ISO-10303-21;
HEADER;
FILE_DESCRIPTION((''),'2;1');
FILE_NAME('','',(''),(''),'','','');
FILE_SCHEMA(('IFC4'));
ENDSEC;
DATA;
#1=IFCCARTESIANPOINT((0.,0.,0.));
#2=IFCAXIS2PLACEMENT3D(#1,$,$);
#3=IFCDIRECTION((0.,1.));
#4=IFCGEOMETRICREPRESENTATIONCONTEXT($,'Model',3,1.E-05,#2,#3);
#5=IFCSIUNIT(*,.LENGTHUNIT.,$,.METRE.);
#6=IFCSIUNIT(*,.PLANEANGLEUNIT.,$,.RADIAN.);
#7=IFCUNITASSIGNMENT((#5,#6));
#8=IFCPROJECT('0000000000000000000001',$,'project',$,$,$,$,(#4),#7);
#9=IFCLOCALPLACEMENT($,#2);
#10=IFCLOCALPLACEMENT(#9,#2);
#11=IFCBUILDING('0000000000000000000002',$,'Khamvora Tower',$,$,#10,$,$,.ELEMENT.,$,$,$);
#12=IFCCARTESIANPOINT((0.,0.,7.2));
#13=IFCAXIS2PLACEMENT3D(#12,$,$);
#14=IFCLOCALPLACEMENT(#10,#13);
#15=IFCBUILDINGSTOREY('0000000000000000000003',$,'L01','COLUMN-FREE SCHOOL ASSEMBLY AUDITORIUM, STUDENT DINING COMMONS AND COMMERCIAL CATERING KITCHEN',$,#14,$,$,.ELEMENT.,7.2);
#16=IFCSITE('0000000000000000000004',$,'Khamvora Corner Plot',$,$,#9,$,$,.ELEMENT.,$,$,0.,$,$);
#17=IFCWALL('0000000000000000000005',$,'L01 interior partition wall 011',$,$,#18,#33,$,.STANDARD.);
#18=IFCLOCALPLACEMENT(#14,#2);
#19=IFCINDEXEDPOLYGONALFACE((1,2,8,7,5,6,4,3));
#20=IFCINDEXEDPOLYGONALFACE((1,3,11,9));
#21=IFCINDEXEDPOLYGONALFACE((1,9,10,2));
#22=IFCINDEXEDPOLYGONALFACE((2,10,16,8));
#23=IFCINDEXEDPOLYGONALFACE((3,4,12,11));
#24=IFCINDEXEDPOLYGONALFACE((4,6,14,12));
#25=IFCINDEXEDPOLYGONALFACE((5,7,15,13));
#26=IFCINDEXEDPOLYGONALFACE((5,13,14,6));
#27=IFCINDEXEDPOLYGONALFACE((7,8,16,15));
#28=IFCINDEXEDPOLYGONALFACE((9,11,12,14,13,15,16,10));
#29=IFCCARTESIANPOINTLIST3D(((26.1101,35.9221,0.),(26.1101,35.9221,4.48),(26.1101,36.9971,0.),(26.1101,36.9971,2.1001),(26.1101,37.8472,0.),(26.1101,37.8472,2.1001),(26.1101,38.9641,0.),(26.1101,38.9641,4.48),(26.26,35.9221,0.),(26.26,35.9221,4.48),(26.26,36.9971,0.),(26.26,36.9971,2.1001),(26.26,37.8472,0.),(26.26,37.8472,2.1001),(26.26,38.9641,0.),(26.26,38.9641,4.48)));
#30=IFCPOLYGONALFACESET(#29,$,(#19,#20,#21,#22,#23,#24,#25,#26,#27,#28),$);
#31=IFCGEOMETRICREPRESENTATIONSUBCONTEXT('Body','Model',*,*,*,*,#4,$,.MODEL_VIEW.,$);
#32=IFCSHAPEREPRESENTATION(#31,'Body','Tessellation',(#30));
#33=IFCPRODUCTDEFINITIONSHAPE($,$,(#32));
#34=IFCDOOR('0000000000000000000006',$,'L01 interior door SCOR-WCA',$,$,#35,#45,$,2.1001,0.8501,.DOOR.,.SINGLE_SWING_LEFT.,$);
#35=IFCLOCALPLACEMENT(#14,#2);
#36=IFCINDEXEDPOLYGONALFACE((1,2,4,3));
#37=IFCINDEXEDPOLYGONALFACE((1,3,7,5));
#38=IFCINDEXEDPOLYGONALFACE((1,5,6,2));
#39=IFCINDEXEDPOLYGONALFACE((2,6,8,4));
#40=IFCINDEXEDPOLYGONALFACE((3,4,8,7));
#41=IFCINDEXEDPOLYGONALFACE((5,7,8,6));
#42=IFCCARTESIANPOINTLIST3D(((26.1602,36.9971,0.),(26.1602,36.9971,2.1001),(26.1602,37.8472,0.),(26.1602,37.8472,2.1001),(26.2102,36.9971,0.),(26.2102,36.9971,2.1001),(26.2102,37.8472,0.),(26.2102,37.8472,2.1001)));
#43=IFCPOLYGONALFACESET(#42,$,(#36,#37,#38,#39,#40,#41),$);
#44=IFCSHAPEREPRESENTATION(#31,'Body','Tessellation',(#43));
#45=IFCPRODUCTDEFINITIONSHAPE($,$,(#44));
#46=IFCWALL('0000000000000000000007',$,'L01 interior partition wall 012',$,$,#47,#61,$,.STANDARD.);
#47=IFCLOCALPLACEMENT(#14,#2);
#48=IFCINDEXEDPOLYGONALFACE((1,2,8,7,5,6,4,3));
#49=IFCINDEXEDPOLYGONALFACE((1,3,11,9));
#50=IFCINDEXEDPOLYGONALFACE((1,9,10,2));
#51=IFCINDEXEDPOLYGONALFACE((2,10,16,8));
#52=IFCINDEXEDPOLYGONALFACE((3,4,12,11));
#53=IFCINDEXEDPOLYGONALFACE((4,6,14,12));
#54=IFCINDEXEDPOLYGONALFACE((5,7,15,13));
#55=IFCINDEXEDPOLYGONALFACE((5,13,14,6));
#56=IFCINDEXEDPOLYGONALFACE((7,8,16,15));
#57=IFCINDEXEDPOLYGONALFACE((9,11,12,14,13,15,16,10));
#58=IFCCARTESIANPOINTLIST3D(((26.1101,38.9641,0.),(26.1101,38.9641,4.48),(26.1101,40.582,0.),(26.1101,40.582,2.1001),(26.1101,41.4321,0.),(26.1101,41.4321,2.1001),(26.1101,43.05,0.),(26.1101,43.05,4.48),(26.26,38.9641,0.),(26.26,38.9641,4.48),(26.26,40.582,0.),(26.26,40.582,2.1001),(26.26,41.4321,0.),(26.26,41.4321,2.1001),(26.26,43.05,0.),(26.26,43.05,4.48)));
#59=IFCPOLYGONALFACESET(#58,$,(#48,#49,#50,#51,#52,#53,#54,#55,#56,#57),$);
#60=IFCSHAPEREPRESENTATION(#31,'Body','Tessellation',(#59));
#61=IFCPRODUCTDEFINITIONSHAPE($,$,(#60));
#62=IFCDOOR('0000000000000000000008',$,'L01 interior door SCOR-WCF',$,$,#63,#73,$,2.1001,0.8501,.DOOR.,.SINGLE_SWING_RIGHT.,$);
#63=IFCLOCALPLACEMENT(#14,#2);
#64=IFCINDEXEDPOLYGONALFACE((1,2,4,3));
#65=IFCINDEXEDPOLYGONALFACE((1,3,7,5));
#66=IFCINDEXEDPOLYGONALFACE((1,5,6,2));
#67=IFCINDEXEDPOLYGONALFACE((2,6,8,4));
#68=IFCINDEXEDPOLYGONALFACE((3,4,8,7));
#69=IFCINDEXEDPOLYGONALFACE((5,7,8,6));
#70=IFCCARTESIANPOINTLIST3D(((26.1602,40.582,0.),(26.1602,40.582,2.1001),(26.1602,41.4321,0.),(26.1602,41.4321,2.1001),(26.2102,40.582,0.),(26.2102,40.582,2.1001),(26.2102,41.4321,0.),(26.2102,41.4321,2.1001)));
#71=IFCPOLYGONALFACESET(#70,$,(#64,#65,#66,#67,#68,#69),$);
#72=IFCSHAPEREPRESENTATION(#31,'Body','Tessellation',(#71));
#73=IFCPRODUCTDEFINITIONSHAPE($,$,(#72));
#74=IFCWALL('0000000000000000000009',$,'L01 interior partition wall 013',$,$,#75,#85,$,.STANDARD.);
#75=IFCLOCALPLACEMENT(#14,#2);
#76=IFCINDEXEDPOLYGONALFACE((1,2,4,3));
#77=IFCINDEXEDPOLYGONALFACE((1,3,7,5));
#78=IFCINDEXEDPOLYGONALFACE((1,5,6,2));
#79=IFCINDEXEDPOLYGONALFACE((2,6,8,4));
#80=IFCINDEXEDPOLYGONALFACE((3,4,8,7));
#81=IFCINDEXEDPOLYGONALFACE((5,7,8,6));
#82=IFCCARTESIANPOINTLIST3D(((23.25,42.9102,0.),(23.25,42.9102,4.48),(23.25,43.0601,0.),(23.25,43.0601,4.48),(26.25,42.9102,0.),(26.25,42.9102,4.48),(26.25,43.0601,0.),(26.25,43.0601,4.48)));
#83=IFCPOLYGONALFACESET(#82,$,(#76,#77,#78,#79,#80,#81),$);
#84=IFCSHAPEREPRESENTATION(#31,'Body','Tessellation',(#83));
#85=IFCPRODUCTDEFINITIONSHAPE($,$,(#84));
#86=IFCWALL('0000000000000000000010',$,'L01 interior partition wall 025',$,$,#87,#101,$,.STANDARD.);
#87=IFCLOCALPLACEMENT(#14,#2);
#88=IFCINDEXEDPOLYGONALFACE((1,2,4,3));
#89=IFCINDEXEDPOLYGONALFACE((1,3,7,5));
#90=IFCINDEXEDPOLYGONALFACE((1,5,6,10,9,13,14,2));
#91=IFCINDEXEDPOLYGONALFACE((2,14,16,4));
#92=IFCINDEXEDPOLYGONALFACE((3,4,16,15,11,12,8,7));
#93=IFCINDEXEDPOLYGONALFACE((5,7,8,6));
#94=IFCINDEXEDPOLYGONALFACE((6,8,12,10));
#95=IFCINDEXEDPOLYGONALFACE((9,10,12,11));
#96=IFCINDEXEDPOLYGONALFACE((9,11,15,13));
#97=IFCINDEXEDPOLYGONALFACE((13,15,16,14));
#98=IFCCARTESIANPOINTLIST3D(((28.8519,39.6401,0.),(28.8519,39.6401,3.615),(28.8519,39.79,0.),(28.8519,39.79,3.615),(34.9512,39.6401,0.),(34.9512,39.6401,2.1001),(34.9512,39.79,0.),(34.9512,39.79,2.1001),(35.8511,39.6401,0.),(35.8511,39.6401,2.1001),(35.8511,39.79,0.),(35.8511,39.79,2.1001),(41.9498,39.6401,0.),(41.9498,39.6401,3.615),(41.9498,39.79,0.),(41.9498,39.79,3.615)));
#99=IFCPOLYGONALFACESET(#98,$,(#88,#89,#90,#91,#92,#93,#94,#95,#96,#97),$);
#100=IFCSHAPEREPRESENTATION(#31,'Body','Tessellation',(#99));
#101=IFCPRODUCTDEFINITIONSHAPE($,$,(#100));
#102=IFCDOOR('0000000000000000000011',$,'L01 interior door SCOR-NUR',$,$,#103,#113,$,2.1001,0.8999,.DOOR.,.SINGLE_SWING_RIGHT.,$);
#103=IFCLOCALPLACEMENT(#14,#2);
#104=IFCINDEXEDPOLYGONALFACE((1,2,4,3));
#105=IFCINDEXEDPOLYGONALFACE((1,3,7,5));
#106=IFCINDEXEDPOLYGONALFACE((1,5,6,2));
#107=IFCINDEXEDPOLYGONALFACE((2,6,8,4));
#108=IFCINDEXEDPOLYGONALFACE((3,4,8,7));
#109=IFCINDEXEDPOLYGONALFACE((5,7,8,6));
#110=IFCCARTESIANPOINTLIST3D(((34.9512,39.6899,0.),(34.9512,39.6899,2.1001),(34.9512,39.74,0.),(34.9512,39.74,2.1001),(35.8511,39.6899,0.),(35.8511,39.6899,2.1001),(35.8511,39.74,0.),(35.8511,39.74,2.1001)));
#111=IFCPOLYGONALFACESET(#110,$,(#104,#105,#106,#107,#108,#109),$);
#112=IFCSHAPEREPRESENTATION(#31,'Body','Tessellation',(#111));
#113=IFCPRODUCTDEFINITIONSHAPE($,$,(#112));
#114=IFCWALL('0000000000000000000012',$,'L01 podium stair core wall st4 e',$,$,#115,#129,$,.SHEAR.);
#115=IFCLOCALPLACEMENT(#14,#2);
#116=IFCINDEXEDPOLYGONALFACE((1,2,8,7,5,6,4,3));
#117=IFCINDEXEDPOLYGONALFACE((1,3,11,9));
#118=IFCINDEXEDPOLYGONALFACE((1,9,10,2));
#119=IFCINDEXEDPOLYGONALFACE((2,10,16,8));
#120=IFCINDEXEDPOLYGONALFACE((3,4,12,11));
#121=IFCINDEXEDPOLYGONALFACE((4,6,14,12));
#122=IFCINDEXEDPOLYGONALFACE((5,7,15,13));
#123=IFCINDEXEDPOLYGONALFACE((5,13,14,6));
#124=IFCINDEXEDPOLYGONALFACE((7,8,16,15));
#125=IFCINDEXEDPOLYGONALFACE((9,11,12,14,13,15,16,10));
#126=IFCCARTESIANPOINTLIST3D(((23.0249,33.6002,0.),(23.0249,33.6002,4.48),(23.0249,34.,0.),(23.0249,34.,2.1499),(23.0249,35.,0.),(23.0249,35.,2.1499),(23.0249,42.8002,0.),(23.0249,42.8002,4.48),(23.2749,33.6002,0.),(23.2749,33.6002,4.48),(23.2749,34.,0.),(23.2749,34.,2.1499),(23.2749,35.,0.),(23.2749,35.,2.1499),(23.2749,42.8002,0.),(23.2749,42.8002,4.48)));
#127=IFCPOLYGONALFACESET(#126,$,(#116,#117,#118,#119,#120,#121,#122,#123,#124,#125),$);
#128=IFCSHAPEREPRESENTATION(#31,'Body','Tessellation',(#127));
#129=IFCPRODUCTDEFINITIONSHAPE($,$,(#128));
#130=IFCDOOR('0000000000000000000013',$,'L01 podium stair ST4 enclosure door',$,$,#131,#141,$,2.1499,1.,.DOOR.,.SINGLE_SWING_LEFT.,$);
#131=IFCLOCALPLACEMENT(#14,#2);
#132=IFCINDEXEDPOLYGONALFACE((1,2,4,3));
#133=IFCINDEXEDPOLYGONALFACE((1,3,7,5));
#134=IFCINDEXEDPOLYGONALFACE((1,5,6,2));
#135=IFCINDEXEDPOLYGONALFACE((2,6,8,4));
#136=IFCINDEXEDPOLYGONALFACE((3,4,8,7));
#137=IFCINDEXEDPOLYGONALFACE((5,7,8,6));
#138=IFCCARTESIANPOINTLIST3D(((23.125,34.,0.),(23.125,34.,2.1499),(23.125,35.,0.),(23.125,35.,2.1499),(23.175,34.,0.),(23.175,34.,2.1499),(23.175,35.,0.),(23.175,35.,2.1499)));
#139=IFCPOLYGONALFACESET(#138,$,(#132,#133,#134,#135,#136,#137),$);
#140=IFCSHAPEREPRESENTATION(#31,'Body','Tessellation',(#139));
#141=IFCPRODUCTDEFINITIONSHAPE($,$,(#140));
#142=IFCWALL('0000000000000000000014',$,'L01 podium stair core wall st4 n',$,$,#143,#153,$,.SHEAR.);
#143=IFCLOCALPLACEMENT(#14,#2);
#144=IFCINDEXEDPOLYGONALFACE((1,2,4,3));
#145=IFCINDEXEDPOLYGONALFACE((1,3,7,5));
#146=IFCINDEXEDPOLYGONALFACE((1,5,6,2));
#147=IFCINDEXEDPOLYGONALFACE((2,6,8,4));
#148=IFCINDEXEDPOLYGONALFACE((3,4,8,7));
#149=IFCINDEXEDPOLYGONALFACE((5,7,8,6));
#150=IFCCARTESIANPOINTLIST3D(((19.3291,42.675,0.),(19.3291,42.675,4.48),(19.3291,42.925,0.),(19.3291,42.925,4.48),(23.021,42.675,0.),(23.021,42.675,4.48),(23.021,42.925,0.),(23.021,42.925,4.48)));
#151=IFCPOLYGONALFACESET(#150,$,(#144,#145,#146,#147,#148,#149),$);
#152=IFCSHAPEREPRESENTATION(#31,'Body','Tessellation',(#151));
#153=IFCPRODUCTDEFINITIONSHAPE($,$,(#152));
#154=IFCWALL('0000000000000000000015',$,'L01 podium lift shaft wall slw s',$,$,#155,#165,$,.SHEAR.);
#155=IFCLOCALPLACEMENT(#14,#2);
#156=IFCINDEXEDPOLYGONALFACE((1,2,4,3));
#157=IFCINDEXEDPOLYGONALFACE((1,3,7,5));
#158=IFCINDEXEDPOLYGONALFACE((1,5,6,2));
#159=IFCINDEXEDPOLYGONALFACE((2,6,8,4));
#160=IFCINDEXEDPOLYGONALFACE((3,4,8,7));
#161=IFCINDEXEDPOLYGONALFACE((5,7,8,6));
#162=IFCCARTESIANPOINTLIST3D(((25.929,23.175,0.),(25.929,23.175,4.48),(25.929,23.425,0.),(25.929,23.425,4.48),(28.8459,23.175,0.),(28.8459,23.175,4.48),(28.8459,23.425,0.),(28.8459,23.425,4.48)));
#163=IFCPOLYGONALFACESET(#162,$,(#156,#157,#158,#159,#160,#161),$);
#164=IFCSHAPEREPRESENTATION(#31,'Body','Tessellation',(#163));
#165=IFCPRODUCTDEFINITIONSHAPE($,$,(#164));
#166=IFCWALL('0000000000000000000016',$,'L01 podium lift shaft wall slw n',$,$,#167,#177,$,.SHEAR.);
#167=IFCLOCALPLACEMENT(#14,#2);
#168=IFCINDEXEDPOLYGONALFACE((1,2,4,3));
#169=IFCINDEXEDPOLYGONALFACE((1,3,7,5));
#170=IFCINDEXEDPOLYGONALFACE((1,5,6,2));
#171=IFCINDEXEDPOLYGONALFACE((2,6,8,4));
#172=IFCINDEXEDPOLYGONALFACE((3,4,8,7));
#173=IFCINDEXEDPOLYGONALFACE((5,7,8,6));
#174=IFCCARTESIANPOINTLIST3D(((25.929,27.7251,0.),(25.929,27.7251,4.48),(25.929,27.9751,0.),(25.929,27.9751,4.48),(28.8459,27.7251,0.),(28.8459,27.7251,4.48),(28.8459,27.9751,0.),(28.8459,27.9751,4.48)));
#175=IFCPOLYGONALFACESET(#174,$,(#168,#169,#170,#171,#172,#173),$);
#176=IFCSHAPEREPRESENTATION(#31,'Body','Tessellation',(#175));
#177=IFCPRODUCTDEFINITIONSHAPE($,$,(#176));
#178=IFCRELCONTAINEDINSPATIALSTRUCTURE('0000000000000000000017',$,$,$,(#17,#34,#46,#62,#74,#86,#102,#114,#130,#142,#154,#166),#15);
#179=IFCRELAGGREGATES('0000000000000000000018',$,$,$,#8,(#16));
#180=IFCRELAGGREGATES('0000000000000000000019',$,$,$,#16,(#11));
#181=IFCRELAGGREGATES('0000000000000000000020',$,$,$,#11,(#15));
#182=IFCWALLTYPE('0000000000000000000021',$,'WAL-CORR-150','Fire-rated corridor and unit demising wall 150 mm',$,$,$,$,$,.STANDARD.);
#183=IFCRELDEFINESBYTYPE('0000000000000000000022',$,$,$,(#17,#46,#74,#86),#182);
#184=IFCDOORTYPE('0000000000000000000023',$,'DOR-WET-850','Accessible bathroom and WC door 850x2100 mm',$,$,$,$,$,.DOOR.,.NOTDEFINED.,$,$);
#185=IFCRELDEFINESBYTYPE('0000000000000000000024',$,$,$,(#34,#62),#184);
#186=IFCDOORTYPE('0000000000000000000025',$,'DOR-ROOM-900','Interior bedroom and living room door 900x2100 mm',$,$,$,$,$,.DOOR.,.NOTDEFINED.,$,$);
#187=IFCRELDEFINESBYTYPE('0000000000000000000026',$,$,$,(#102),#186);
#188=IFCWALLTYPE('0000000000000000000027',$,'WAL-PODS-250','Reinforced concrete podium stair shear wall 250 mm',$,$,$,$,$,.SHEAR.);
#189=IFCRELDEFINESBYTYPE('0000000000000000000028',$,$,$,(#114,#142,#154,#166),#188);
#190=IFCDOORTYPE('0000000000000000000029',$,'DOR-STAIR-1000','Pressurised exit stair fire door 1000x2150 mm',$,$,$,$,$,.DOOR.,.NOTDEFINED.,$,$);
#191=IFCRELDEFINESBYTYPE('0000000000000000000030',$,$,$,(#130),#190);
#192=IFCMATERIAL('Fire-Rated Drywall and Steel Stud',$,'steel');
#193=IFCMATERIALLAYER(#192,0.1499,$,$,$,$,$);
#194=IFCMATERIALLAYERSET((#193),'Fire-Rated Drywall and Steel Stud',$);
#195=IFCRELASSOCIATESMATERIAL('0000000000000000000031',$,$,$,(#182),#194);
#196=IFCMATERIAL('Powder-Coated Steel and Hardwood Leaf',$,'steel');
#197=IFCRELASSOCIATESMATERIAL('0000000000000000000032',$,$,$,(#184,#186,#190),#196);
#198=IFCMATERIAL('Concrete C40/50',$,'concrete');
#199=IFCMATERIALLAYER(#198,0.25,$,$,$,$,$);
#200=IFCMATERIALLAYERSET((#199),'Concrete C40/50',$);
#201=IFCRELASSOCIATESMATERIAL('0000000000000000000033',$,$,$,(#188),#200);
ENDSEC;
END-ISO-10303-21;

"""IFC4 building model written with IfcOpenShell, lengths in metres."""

from ifc_helpers import new_model, si_unit, direction, frame, frame_2d, origin, place, context, subcontext, project, spatial, rectangle, extrude, material, layer, layer_set, type_object, element, fill, save


model = new_model("IFC4")

# Units and contexts
model_context = context("Model", 3, precision=1e-05, world=origin(), true_north=direction((0.0, 1.0)))
body_context = subcontext(model_context, "Body", "Model", "MODEL_VIEW")
ifc_project = project(units=[si_unit("LENGTHUNIT", "METRE"), si_unit("PLANEANGLEUNIT", "RADIAN")], contexts=[model_context])

# Site, building, storey
site_placement = place(None, origin())
site = spatial("IfcSite", under=ifc_project, at=site_placement, Name="Khamvora Corner Plot", CompositionType="ELEMENT", RefElevation=0.0)
building_placement = place(site_placement, origin())
building = spatial("IfcBuilding", under=site, at=building_placement, Name="Khamvora Tower", CompositionType="ELEMENT")
storey_placement = place(building_placement, frame((0.0, 0.0, 7.2)))
storey = spatial("IfcBuildingStorey", under=building, at=storey_placement, Name="L01", Description="COLUMN-FREE SCHOOL ASSEMBLY AUDITORIUM, STUDENT DINING COMMONS AND COMMERCIAL CATERING KITCHEN", CompositionType="ELEMENT", Elevation=7.2)

# Shared definitions
ifc_material_1 = material(Name="Fire-Rated Drywall and Steel Stud", Category="steel")
ifc_layer_1 = layer(ifc_material_1, 0.1499)
ifc_layer_set_1 = layer_set([ifc_layer_1], Name="Fire-Rated Drywall and Steel Stud")
wall_type_1 = type_object("IfcWallType", Name="WAL-CORR-150", Description="Fire-rated corridor and unit demising wall 150 mm", PredefinedType="STANDARD", material=ifc_layer_set_1)

# Walls, openings, doors
wall_1_placement = place(storey_placement, frame((26.1851, 35.9221, 0.0), z_axis=(0.0, 0.0, 1.0), x_axis=(0.0, 1.0, 0.0)))
wall_1 = element("IfcWall", 1, at=wall_1_placement, inside=storey, type_object=wall_type_1, Name="L01 interior partition wall 011", PredefinedType="STANDARD", context=body_context, shape_type="SweptSolid", body=[
    extrude(rectangle(XDim=3.042, YDim=0.1499, at=frame_2d((1.521, 0.0))), origin(), (0.0, 0.0, 1.0), 4.48),
])
opening_1_placement = place(wall_1_placement, frame((1.075, 0.0, 0.0)))
opening_1 = element("IfcOpeningElement", 2, at=opening_1_placement, cuts=wall_1, PredefinedType="OPENING", context=body_context, shape_type="SweptSolid", body=[
    extrude(rectangle(XDim=0.8501, YDim=2.1001, at=frame_2d((0.425, 1.05))), frame((0.0, 0.085, 0.0), z_axis=(0.0, -1.0, 0.0), x_axis=(1.0, 0.0, 0.0)), (0.0, 0.0, 1.0), 0.1699),
])
ifc_material_2 = material(Name="Powder-Coated Steel and Hardwood Leaf", Category="steel")
door_type_1 = type_object("IfcDoorType", Name="DOR-WET-850", Description="Accessible bathroom and WC door 850x2100 mm", OperationType="NOTDEFINED", PredefinedType="DOOR", material=ifc_material_2)
door_1_placement = place(opening_1_placement, origin())
door_1 = element("IfcDoor", 3, at=door_1_placement, inside=storey, type_object=door_type_1, Name="L01 interior door SCOR-WCA", OperationType="SINGLE_SWING_LEFT", OverallHeight=2.1001, OverallWidth=0.8501, PredefinedType="DOOR", context=body_context, shape_type="SweptSolid", body=[
    extrude(rectangle(XDim=0.8501, YDim=2.1001, at=frame_2d((0.425, 1.05))), frame((0.0, 0.0249, 0.0), z_axis=(0.0, -1.0, 0.0), x_axis=(1.0, 0.0, 0.0)), (0.0, 0.0, 1.0), 0.05),
])
fill(opening_1, door_1)
wall_2_placement = place(storey_placement, frame((26.1851, 38.9641, 0.0), z_axis=(0.0, 0.0, 1.0), x_axis=(0.0, 1.0, 0.0)))
wall_2 = element("IfcWall", 4, at=wall_2_placement, inside=storey, type_object=wall_type_1, Name="L01 interior partition wall 012", PredefinedType="STANDARD", context=body_context, shape_type="SweptSolid", body=[
    extrude(rectangle(XDim=4.0859, YDim=0.1499, at=frame_2d((2.043, 0.0))), origin(), (0.0, 0.0, 1.0), 4.48),
])
opening_2_placement = place(wall_2_placement, frame((1.6179, 0.0, 0.0)))
opening_2 = element("IfcOpeningElement", 5, at=opening_2_placement, cuts=wall_2, PredefinedType="OPENING", context=body_context, shape_type="SweptSolid", body=[
    extrude(rectangle(XDim=0.8501, YDim=2.1001, at=frame_2d((0.425, 1.05))), frame((0.0, 0.085, 0.0), z_axis=(0.0, -1.0, 0.0), x_axis=(1.0, 0.0, 0.0)), (0.0, 0.0, 1.0), 0.1699),
])
door_2_placement = place(opening_2_placement, origin())
door_2 = element("IfcDoor", 6, at=door_2_placement, inside=storey, type_object=door_type_1, Name="L01 interior door SCOR-WCF", OperationType="SINGLE_SWING_RIGHT", OverallHeight=2.1001, OverallWidth=0.8501, PredefinedType="DOOR", context=body_context, shape_type="SweptSolid", body=[
    extrude(rectangle(XDim=0.8501, YDim=2.1001, at=frame_2d((0.425, 1.05))), frame((0.0, 0.0249, 0.0), z_axis=(0.0, -1.0, 0.0), x_axis=(1.0, 0.0, 0.0)), (0.0, 0.0, 1.0), 0.05),
])
fill(opening_2, door_2)

# Wall
wall_3_placement = place(storey_placement, frame((26.25, 42.9851, 0.0), z_axis=(0.0, 0.0, 1.0), x_axis=(-1.0, 0.0, 0.0)))
element("IfcWall", 7, at=wall_3_placement, inside=storey, type_object=wall_type_1, Name="L01 interior partition wall 013", PredefinedType="STANDARD", context=body_context, shape_type="SweptSolid", body=[
    extrude(rectangle(XDim=3.0, YDim=0.1499, at=frame_2d((1.5, 0.0))), origin(), (0.0, 0.0, 1.0), 4.48),
])

# Walls, openings, doors
wall_4_placement = place(storey_placement, frame((28.8521, 39.7151, 0.0), z_axis=(0.0, 0.0, 1.0), x_axis=(1.0, 0.0, 0.0)))
wall_4 = element("IfcWall", 8, at=wall_4_placement, inside=storey, type_object=wall_type_1, Name="L01 interior partition wall 025", PredefinedType="STANDARD", context=body_context, shape_type="SweptSolid", body=[
    extrude(rectangle(XDim=13.0979, YDim=0.1499, at=frame_2d((6.5488, 0.0))), origin(), (0.0, 0.0, 1.0), 3.615),
])
opening_3_placement = place(wall_4_placement, frame((6.0991, 0.0, 0.0)))
opening_3 = element("IfcOpeningElement", 9, at=opening_3_placement, cuts=wall_4, PredefinedType="OPENING", context=body_context, shape_type="SweptSolid", body=[
    extrude(rectangle(XDim=0.8999, YDim=2.1001, at=frame_2d((0.45, 1.05))), frame((0.0, 0.085, 0.0), z_axis=(0.0, -1.0, 0.0), x_axis=(1.0, 0.0, 0.0)), (0.0, 0.0, 1.0), 0.1699),
])
door_type_2 = type_object("IfcDoorType", Name="DOR-ROOM-900", Description="Interior bedroom and living room door 900x2100 mm", OperationType="NOTDEFINED", PredefinedType="DOOR", material=ifc_material_2)
door_3_placement = place(opening_3_placement, origin())
door_3 = element("IfcDoor", 10, at=door_3_placement, inside=storey, type_object=door_type_2, Name="L01 interior door SCOR-NUR", OperationType="SINGLE_SWING_RIGHT", OverallHeight=2.1001, OverallWidth=0.8999, PredefinedType="DOOR", context=body_context, shape_type="SweptSolid", body=[
    extrude(rectangle(XDim=0.8999, YDim=2.1001, at=frame_2d((0.45, 1.05))), frame((0.0, 0.0249, 0.0), z_axis=(0.0, -1.0, 0.0), x_axis=(1.0, 0.0, 0.0)), (0.0, 0.0, 1.0), 0.05),
])
fill(opening_3, door_3)
ifc_material_3 = material(Name="Concrete C40/50", Category="concrete")
ifc_layer_2 = layer(ifc_material_3, 0.25)
ifc_layer_set_2 = layer_set([ifc_layer_2], Name="Concrete C40/50")
wall_type_2 = type_object("IfcWallType", Name="WAL-PODS-250", Description="Reinforced concrete podium stair shear wall 250 mm", PredefinedType="SHEAR", material=ifc_layer_set_2)
wall_5_placement = place(storey_placement, frame((23.1499, 33.6001, 0.0), z_axis=(0.0, 0.0, 1.0), x_axis=(0.0, 1.0, 0.0)))
wall_5 = element("IfcWall", 11, at=wall_5_placement, inside=storey, type_object=wall_type_2, Name="L01 podium stair core wall st4 e", PredefinedType="SHEAR", context=body_context, shape_type="SweptSolid", body=[
    extrude(rectangle(XDim=9.2, YDim=0.25, at=frame_2d((4.6001, 0.0))), origin(), (0.0, 0.0, 1.0), 4.48),
])
opening_4_placement = place(wall_5_placement, frame((0.3999, 0.0, 0.0)))
opening_4 = element("IfcOpeningElement", 12, at=opening_4_placement, cuts=wall_5, PredefinedType="OPENING", context=body_context, shape_type="SweptSolid", body=[
    extrude(rectangle(XDim=1.0, YDim=2.1499, at=frame_2d((0.5, 1.075))), frame((0.0, 0.135, 0.0), z_axis=(0.0, -1.0, 0.0), x_axis=(1.0, 0.0, 0.0)), (0.0, 0.0, 1.0), 0.27),
])
door_type_3 = type_object("IfcDoorType", Name="DOR-STAIR-1000", Description="Pressurised exit stair fire door 1000x2150 mm", OperationType="NOTDEFINED", PredefinedType="DOOR", material=ifc_material_2)
door_4_placement = place(opening_4_placement, origin())
door_4 = element("IfcDoor", 13, at=door_4_placement, inside=storey, type_object=door_type_3, Name="L01 podium stair ST4 enclosure door", OperationType="SINGLE_SWING_LEFT", OverallHeight=2.1499, OverallWidth=1.0, PredefinedType="DOOR", context=body_context, shape_type="SweptSolid", body=[
    extrude(rectangle(XDim=1.0, YDim=2.1499, at=frame_2d((0.5, 1.075))), frame((0.0, 0.0249, 0.0), z_axis=(0.0, -1.0, 0.0), x_axis=(1.0, 0.0, 0.0)), (0.0, 0.0, 1.0), 0.05),
])
fill(opening_4, door_4)

# Walls
wall_6_placement = place(storey_placement, frame((19.3291, 42.8, 0.0), z_axis=(0.0, 0.0, 1.0), x_axis=(1.0, 0.0, 0.0)))
element("IfcWall", 14, at=wall_6_placement, inside=storey, type_object=wall_type_2, Name="L01 podium stair core wall st4 n", PredefinedType="SHEAR", context=body_context, shape_type="SweptSolid", body=[
    extrude(rectangle(XDim=3.6919, YDim=0.25, at=frame_2d((1.8459, 0.0))), origin(), (0.0, 0.0, 1.0), 4.48),
])
for number, where, z_axis, x_axis, name in (
    (15, (25.929, 23.3, 0.0), (0.0, 0.0, 1.0), (1.0, 0.0, 0.0), "L01 podium lift shaft wall slw s"),
    (16, (25.929, 27.8501, 0.0), (0.0, 0.0, 1.0), (1.0, 0.0, 0.0), "L01 podium lift shaft wall slw n"),
):
    element("IfcWall", number, at=place(storey_placement, frame(where, z_axis=z_axis, x_axis=x_axis)), inside=storey, type_object=wall_type_2, Name=name, PredefinedType="SHEAR", context=body_context, shape_type="SweptSolid", body=[
        extrude(rectangle(XDim=2.917, YDim=0.25, at=frame_2d((1.4585, 0.0))), origin(), (0.0, 0.0, 1.0), 4.48),
    ])

save(model, "model.ifc")
